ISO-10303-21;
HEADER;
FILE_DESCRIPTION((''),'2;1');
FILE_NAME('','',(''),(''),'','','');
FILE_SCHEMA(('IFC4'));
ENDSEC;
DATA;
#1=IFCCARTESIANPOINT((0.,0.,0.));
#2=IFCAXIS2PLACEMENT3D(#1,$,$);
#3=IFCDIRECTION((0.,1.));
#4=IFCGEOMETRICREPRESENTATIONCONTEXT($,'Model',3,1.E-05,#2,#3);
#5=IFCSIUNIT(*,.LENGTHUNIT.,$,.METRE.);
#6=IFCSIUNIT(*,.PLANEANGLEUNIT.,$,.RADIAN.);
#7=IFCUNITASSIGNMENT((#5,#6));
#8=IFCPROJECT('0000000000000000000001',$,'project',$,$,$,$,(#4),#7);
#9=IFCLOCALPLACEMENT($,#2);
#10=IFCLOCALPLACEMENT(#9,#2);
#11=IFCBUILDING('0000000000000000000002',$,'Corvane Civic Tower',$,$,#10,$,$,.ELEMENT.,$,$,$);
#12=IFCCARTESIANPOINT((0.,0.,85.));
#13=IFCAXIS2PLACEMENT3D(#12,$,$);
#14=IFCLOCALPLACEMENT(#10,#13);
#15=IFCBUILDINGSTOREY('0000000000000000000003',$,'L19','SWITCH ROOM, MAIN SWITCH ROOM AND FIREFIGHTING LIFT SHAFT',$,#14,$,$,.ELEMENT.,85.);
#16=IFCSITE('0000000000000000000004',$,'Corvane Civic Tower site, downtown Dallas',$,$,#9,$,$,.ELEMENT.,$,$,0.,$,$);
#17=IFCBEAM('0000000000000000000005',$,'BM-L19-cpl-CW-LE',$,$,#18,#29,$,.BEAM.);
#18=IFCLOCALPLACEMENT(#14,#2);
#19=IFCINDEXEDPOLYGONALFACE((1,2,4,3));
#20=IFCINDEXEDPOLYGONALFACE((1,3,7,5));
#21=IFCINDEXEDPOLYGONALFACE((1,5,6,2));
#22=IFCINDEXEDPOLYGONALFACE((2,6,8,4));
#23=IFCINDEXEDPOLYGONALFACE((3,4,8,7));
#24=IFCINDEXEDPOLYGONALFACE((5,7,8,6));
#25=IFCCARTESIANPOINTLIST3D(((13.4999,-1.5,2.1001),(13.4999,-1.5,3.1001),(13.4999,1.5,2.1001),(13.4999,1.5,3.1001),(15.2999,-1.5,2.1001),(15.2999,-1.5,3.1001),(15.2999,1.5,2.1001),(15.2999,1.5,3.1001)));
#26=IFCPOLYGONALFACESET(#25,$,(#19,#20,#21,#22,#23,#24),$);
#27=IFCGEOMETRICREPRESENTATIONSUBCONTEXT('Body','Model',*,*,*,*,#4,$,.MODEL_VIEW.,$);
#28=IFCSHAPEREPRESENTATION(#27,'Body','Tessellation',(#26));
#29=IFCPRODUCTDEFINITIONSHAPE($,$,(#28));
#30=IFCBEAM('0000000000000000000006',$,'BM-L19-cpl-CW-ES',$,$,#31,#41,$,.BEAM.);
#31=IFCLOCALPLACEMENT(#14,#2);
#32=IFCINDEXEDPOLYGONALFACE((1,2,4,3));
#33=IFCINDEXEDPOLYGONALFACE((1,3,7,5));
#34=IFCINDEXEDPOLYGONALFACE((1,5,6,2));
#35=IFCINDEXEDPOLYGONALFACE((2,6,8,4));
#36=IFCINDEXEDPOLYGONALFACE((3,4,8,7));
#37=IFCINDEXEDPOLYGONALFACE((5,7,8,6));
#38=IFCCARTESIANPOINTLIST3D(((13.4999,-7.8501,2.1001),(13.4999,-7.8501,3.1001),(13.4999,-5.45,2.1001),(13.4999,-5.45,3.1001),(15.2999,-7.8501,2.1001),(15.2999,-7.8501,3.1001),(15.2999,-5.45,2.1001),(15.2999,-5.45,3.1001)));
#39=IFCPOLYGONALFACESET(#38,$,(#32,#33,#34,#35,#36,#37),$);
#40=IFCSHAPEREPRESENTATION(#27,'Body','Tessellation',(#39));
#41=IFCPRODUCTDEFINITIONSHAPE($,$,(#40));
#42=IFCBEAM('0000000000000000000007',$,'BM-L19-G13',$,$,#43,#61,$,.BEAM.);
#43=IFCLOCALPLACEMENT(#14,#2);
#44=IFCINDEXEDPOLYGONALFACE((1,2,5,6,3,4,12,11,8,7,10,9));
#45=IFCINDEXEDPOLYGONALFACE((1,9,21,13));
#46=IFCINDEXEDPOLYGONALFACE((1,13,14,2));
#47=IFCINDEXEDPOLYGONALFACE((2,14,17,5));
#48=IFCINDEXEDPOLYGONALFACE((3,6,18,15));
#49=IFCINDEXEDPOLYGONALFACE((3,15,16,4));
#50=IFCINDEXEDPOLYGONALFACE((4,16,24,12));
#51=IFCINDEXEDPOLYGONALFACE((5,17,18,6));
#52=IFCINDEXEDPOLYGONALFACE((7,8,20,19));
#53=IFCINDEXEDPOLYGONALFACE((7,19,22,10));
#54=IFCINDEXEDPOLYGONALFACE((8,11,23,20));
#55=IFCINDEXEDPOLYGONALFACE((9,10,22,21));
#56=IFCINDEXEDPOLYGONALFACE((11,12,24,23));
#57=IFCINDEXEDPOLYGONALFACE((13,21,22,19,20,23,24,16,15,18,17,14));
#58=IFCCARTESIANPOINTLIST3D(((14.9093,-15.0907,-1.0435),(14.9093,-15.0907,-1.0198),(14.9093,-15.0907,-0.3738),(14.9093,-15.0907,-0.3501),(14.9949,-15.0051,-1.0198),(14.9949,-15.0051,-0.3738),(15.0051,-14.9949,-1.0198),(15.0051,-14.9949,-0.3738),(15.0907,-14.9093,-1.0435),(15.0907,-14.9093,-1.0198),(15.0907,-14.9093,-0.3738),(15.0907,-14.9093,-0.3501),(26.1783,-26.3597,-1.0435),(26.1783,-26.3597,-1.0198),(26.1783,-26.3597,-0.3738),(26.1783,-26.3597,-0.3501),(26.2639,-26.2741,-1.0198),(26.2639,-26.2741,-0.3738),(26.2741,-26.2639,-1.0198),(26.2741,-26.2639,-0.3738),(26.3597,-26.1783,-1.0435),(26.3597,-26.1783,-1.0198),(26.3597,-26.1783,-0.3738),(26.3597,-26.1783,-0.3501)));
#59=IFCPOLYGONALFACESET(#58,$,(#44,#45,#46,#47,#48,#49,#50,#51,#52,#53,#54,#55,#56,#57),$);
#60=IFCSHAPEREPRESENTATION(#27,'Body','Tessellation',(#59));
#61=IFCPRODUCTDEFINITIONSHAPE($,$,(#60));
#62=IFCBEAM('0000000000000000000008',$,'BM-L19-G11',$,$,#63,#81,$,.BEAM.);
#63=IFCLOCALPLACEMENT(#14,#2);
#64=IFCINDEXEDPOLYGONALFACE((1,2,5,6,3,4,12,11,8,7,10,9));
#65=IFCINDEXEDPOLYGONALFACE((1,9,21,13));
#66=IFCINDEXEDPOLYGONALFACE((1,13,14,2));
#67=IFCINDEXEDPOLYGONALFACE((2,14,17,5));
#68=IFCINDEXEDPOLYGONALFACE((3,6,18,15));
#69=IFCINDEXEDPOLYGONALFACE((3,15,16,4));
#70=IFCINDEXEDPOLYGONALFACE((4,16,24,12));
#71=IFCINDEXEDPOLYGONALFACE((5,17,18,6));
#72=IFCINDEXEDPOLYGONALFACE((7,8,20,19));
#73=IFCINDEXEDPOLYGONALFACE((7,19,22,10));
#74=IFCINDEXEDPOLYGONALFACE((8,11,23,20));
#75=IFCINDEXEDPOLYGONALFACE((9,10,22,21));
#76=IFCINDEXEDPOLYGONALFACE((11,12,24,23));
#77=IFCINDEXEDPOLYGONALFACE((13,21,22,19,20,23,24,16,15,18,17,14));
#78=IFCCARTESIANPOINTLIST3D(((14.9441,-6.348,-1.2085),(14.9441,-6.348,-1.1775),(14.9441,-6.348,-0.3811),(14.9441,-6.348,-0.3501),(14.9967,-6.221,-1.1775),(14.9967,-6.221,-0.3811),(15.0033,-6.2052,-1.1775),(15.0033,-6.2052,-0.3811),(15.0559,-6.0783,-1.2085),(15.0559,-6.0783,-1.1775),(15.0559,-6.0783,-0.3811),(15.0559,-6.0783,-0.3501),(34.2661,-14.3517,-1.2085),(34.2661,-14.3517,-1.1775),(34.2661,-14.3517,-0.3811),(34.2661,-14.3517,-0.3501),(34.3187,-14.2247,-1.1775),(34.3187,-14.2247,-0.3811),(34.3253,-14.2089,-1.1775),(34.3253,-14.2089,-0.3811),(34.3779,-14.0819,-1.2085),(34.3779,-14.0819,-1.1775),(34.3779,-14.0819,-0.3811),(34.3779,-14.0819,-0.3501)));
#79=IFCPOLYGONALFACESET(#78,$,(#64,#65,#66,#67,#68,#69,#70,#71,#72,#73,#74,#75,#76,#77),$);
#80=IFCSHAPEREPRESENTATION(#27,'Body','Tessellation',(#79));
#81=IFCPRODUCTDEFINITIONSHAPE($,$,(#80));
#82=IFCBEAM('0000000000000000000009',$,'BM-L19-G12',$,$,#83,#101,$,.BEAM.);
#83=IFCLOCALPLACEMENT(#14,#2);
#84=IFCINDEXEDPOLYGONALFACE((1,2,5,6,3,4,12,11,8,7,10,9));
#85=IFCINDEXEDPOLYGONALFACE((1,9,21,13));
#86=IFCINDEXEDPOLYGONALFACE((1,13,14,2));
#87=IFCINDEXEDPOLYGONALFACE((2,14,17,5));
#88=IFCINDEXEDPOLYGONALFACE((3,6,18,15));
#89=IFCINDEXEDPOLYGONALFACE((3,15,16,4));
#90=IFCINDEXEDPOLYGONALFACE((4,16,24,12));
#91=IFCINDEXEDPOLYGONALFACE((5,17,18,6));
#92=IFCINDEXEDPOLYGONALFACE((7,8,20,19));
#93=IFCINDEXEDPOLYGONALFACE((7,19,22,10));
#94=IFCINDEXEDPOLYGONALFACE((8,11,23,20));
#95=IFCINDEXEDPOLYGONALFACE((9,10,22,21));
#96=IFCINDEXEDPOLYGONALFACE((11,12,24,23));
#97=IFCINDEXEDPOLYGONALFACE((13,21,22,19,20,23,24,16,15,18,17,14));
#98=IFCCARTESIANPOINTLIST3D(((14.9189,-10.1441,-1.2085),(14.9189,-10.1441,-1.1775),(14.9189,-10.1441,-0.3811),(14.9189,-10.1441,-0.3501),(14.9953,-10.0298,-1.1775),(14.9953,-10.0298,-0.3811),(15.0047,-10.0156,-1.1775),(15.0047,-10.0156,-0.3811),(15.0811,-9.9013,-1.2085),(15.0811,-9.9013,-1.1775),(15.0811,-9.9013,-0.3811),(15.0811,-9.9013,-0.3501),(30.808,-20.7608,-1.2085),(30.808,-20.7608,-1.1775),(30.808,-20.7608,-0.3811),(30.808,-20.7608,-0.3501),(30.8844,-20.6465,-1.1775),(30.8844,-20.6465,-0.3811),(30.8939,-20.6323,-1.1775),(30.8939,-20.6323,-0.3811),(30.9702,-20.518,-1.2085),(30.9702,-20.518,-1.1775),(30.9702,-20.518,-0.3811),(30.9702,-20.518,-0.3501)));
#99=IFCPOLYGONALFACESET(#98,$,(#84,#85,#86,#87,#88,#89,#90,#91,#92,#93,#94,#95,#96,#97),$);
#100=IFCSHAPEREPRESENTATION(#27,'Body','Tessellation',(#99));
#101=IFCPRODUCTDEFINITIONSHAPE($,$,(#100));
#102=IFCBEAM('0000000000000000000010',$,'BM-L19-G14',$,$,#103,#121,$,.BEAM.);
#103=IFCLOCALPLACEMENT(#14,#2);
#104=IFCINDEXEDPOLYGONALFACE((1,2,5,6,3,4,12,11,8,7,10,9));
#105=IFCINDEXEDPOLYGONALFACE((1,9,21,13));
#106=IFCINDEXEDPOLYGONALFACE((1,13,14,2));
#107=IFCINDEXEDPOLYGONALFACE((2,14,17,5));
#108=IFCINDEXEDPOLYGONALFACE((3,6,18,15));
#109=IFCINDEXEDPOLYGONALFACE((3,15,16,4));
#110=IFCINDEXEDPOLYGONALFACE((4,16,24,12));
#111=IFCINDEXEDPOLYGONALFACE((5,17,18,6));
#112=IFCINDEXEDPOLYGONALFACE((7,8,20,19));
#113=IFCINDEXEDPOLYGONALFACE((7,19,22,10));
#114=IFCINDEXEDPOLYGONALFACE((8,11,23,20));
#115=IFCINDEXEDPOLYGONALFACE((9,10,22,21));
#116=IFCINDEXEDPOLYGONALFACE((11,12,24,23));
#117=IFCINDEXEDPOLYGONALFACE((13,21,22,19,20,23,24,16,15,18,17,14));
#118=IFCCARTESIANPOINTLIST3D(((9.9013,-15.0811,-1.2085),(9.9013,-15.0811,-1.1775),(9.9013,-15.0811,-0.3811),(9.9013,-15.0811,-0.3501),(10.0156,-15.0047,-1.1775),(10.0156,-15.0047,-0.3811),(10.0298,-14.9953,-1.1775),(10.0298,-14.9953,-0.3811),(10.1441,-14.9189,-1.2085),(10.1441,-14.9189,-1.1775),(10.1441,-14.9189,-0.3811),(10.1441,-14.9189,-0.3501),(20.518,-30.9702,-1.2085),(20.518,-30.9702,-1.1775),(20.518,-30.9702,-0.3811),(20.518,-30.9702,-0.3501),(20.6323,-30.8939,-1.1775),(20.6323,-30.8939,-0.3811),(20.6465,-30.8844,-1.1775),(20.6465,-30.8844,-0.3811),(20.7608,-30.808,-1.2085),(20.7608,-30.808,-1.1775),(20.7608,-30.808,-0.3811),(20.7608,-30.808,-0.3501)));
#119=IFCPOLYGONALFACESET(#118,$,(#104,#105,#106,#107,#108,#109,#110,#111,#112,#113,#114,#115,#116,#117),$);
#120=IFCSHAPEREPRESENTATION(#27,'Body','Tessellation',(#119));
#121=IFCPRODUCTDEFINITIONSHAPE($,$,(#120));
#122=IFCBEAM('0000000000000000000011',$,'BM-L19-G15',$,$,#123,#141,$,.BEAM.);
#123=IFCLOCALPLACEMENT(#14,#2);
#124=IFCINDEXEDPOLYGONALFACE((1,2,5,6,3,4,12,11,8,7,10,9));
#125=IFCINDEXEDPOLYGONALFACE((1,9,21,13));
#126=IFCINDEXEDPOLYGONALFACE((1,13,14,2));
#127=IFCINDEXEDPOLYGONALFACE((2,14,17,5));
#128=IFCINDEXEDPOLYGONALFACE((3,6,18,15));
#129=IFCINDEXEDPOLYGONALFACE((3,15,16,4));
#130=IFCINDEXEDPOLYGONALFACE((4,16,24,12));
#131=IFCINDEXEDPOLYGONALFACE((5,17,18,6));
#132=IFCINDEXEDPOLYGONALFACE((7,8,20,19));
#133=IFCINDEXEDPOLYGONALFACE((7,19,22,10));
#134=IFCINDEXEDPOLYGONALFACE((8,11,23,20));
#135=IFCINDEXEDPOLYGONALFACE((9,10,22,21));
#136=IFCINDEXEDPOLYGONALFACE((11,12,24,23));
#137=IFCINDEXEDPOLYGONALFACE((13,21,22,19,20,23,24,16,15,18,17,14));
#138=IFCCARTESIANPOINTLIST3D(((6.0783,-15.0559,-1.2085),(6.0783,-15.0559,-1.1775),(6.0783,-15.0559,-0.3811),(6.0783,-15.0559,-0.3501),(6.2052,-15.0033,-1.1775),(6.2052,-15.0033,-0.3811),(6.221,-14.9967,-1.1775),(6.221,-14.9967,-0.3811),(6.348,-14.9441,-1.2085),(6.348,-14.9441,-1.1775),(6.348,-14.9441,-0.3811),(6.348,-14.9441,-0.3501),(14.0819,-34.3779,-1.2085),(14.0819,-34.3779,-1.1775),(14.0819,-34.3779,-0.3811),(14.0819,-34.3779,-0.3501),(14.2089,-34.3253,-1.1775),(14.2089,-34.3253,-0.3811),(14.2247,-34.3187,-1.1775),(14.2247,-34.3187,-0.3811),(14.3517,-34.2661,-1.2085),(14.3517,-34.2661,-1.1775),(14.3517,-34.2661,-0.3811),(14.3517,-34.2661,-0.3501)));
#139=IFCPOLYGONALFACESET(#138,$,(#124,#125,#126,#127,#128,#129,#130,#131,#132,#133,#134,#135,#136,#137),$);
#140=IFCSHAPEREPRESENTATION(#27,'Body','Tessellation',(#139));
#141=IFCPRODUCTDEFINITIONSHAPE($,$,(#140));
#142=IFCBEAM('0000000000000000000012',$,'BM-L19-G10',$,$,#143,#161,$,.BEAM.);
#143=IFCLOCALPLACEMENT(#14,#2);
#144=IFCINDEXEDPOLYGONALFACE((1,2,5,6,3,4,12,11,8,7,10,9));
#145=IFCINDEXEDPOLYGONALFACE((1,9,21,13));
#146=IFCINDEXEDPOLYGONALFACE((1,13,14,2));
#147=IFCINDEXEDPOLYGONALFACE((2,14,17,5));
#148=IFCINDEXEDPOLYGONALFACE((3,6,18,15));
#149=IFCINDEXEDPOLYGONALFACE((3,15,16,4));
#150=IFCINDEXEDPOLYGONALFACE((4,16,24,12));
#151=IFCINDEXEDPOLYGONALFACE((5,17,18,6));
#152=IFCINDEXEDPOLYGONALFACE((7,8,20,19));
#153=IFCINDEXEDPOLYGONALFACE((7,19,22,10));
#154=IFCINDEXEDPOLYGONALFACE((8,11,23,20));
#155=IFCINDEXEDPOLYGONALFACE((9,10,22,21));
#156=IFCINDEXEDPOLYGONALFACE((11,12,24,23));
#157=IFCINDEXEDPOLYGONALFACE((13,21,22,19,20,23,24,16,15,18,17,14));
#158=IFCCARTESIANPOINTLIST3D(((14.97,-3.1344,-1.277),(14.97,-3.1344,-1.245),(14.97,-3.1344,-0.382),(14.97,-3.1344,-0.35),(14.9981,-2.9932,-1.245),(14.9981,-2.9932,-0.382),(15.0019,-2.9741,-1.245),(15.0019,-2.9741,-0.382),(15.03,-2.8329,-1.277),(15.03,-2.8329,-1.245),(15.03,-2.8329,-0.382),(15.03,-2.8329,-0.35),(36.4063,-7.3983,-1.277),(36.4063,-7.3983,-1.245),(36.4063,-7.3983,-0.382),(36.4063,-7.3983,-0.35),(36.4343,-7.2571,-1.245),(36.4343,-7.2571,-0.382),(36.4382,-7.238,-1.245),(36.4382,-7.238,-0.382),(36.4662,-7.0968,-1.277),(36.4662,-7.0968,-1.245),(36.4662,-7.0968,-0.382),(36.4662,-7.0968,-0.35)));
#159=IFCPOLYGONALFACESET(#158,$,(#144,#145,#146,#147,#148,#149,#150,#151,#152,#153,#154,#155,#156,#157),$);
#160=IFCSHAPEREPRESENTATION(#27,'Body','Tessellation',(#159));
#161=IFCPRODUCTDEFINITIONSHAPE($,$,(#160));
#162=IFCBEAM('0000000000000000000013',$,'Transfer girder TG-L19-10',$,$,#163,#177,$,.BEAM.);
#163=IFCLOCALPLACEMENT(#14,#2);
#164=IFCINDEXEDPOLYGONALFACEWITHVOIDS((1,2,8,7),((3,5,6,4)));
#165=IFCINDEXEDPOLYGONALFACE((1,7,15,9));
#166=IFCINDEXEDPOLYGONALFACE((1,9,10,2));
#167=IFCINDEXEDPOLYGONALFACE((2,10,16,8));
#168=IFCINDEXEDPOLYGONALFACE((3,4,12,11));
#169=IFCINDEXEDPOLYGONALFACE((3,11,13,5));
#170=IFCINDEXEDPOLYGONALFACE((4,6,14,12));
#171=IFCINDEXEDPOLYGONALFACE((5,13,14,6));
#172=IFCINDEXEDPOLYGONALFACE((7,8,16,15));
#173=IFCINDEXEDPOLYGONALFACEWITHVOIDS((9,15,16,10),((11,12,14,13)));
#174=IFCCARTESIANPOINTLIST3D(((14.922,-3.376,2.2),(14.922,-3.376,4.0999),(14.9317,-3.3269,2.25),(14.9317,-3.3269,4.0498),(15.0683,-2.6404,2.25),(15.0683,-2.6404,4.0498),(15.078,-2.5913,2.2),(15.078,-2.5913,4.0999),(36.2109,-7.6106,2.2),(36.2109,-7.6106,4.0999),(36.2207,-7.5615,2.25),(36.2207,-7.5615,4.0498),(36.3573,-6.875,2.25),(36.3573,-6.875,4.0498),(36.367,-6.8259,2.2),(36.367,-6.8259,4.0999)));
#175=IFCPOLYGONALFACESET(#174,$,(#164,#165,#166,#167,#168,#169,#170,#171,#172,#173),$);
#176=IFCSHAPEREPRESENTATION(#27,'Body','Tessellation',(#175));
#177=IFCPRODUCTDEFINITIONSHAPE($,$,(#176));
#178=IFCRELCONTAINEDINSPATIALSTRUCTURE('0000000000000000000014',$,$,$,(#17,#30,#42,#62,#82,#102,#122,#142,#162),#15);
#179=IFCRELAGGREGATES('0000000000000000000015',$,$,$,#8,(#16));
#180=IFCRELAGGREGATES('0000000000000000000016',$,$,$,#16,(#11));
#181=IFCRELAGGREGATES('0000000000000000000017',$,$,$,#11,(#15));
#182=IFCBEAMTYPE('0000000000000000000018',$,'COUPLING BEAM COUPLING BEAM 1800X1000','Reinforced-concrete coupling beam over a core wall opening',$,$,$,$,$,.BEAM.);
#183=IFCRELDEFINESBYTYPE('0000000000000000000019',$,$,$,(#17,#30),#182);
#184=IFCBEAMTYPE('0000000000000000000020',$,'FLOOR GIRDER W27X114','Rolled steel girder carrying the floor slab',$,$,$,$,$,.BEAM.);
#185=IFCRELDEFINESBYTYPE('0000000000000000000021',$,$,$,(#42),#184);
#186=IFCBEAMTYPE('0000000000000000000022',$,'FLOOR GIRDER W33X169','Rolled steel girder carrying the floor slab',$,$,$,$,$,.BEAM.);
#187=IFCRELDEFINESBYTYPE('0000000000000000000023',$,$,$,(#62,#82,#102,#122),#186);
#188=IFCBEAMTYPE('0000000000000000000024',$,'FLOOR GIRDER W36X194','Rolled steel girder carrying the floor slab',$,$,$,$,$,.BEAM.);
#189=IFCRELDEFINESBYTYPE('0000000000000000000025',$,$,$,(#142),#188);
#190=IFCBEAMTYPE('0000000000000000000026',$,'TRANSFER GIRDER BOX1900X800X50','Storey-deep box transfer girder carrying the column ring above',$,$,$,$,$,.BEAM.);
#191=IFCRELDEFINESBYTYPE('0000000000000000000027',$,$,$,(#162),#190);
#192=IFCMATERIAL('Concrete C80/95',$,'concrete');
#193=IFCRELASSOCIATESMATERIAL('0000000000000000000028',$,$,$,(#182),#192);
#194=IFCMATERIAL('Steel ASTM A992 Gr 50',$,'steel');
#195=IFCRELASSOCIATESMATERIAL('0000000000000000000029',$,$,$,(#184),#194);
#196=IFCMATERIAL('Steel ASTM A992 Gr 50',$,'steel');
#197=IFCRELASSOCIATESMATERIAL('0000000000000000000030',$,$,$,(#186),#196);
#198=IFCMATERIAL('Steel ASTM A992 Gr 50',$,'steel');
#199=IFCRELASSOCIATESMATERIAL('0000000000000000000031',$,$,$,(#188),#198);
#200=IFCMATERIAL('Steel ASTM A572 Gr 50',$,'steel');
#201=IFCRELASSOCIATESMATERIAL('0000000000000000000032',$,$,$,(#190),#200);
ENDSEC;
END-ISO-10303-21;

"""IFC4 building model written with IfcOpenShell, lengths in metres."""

from ifc_helpers import new_model, si_unit, direction, frame, origin, origin_2d, place, context, subcontext, project, spatial, rectangle, hollow_rectangle, i_section, extrude, material, material_profile, profile_set, type_object, element, save


model = new_model("IFC4")

# Units and contexts
model_context = context("Model", 3, precision=1e-05, world=origin(), true_north=direction((0.0, 1.0)))
body_context = subcontext(model_context, "Body", "Model", "MODEL_VIEW")
ifc_project = project(units=[si_unit("LENGTHUNIT", "METRE"), si_unit("PLANEANGLEUNIT", "RADIAN")], contexts=[model_context])

# Site, building, storey
site_placement = place(None, origin())
site = spatial("IfcSite", under=ifc_project, at=site_placement, Name="Corvane Civic Tower site, downtown Dallas", CompositionType="ELEMENT", RefElevation=0.0)
building_placement = place(site_placement, origin())
building = spatial("IfcBuilding", under=site, at=building_placement, Name="Corvane Civic Tower", CompositionType="ELEMENT")
storey_placement = place(building_placement, frame((0.0, 0.0, 85.0)))
storey = spatial("IfcBuildingStorey", under=building, at=storey_placement, Name="L19", Description="SWITCH ROOM, MAIN SWITCH ROOM AND FIREFIGHTING LIFT SHAFT", CompositionType="ELEMENT", Elevation=85.0)

# Beams
ifc_material_1 = material(Name="Concrete C80/95", Category="concrete")
ifc_material_profile_1 = material_profile(ifc_material_1, rectangle(XDim=1.8, YDim=1.0, at=origin_2d()), Name="COUPLING BEAM 1800X1000")
ifc_profile_set_1 = profile_set([ifc_material_profile_1], Name="Concrete C80/95")
beam_type_1 = type_object("IfcBeamType", Name="COUPLING BEAM COUPLING BEAM 1800X1000", Description="Reinforced-concrete coupling beam over a core wall opening", PredefinedType="BEAM", material=ifc_profile_set_1)
beam_1_placement = place(storey_placement, frame((14.3999, -1.5, 2.6001), z_axis=(0.0, 1.0, 0.0), x_axis=(-1.0, 0.0, 0.0)))
element("IfcBeam", 1, at=beam_1_placement, inside=storey, type_object=beam_type_1, Name="BM-L19-cpl-CW-LE", PredefinedType="BEAM", context=body_context, shape_type="SweptSolid", body=[
    extrude(rectangle(XDim=1.8, YDim=1.0, at=origin_2d()), origin(), (0.0, 0.0, 1.0), 3.0),
])
beam_2_placement = place(storey_placement, frame((14.3999, -7.8501, 2.6001), z_axis=(0.0, 1.0, 0.0), x_axis=(-1.0, 0.0, 0.0)))
element("IfcBeam", 2, at=beam_2_placement, inside=storey, type_object=beam_type_1, Name="BM-L19-cpl-CW-ES", PredefinedType="BEAM", context=body_context, shape_type="SweptSolid", body=[
    extrude(rectangle(XDim=1.8, YDim=1.0, at=origin_2d()), origin(), (0.0, 0.0, 1.0), 2.4001),
])
ifc_material_2 = material(Name="Steel ASTM A992 Gr 50", Category="steel")
ifc_material_profile_2 = material_profile(ifc_material_2, i_section(OverallWidth=0.2566, OverallDepth=0.6934, WebThickness=0.0144, FlangeThickness=0.0237, at=origin_2d()), Name="W27X114")
ifc_profile_set_2 = profile_set([ifc_material_profile_2], Name="Steel ASTM A992 Gr 50")
beam_type_2 = type_object("IfcBeamType", Name="FLOOR GIRDER W27X114", Description="Rolled steel girder carrying the floor slab", PredefinedType="BEAM", material=ifc_profile_set_2)
beam_3_placement = place(storey_placement, frame((15.0, -15.0, -0.6968), z_axis=(0.707107, -0.707107, 0.0), x_axis=(0.707107, 0.707107, 0.0)))
element("IfcBeam", 3, at=beam_3_placement, inside=storey, type_object=beam_type_2, Name="BM-L19-G13", PredefinedType="BEAM", context=body_context, shape_type="SweptSolid", body=[
    extrude(i_section(OverallWidth=0.2566, OverallDepth=0.6934, WebThickness=0.0144, FlangeThickness=0.0237, at=origin_2d()), origin(), (0.0, 0.0, 1.0), 15.9368),
])
ifc_material_3 = material(Name="Steel ASTM A992 Gr 50", Category="steel")
ifc_material_profile_3 = material_profile(ifc_material_3, i_section(OverallWidth=0.292, OverallDepth=0.8584, WebThickness=0.0171, FlangeThickness=0.031, at=origin_2d()), Name="W33X169")
ifc_profile_set_3 = profile_set([ifc_material_profile_3], Name="Steel ASTM A992 Gr 50")
beam_type_3 = type_object("IfcBeamType", Name="FLOOR GIRDER W33X169", Description="Rolled steel girder carrying the floor slab", PredefinedType="BEAM", material=ifc_profile_set_3)
beam_4_placement = place(storey_placement, frame((15.0, -6.2131, -0.7793), z_axis=(0.923876, -0.382692, 0.0), x_axis=(0.382692, 0.923876, 0.0)))
element("IfcBeam", 4, at=beam_4_placement, inside=storey, type_object=beam_type_3, Name="BM-L19-G11", PredefinedType="BEAM", context=body_context, shape_type="SweptSolid", body=[
    extrude(i_section(OverallWidth=0.292, OverallDepth=0.8584, WebThickness=0.0171, FlangeThickness=0.031, at=origin_2d()), origin(), (0.0, 0.0, 1.0), 20.9141),
])
for number, where, z_axis, x_axis, name in (
    (5, (15.0, -10.0227, -0.7793), (0.831472, -0.555567, 0.0), (0.555567, 0.831472, 0.0), "BM-L19-G12"),
    (6, (10.0227, -15.0, -0.7793), (0.555567, -0.831472, 0.0), (0.831472, 0.555567, 0.0), "BM-L19-G14"),
):
    element("IfcBeam", number, at=place(storey_placement, frame(where, z_axis=z_axis, x_axis=x_axis)), inside=storey, type_object=beam_type_3, Name=name, PredefinedType="BEAM", context=body_context, shape_type="SweptSolid", body=[
        extrude(i_section(OverallWidth=0.292, OverallDepth=0.8584, WebThickness=0.0171, FlangeThickness=0.031, at=origin_2d()), origin(), (0.0, 0.0, 1.0), 19.1096),
    ])
beam_5_placement = place(storey_placement, frame((6.2131, -15.0, -0.7793), z_axis=(0.382692, -0.923876, 0.0), x_axis=(0.923876, 0.382692, 0.0)))
element("IfcBeam", 7, at=beam_5_placement, inside=storey, type_object=beam_type_3, Name="BM-L19-G15", PredefinedType="BEAM", context=body_context, shape_type="SweptSolid", body=[
    extrude(i_section(OverallWidth=0.292, OverallDepth=0.8584, WebThickness=0.0171, FlangeThickness=0.031, at=origin_2d()), origin(), (0.0, 0.0, 1.0), 20.9141),
])
ifc_material_4 = material(Name="Steel ASTM A992 Gr 50", Category="steel")
ifc_material_profile_4 = material_profile(ifc_material_4, i_section(OverallWidth=0.3074, OverallDepth=0.927, WebThickness=0.0195, FlangeThickness=0.032, at=origin_2d()), Name="W36X194")
ifc_profile_set_4 = profile_set([ifc_material_profile_4], Name="Steel ASTM A992 Gr 50")
beam_type_4 = type_object("IfcBeamType", Name="FLOOR GIRDER W36X194", Description="Rolled steel girder carrying the floor slab", PredefinedType="BEAM", material=ifc_profile_set_4)
beam_6_placement = place(storey_placement, frame((15.0, -2.9836, -0.8135), z_axis=(0.980785, -0.195089, 0.0), x_axis=(0.195089, 0.980785, 0.0)))
element("IfcBeam", 8, at=beam_6_placement, inside=storey, type_object=beam_type_4, Name="BM-L19-G10", PredefinedType="BEAM", context=body_context, shape_type="SweptSolid", body=[
    extrude(i_section(OverallWidth=0.3074, OverallDepth=0.927, WebThickness=0.0195, FlangeThickness=0.032, at=origin_2d()), origin(), (0.0, 0.0, 1.0), 21.8562),
])
ifc_material_5 = material(Name="Steel ASTM A572 Gr 50", Category="steel")
ifc_material_profile_5 = material_profile(ifc_material_5, hollow_rectangle(XDim=0.8, YDim=1.8999, WallThickness=0.05, at=origin_2d()), Name="BOX1900X800X50")
ifc_profile_set_5 = profile_set([ifc_material_profile_5], Name="Steel ASTM A572 Gr 50")
beam_type_5 = type_object("IfcBeamType", Name="TRANSFER GIRDER BOX1900X800X50", Description="Storey-deep box transfer girder carrying the column ring above", PredefinedType="BEAM", material=ifc_profile_set_5)
beam_7_placement = place(storey_placement, frame((15.0, -2.9836, 3.1499), z_axis=(0.980786, -0.195089, 0.0), x_axis=(0.195089, 0.980786, 0.0)))
element("IfcBeam", 9, at=beam_7_placement, inside=storey, type_object=beam_type_5, Name="Transfer girder TG-L19-10", PredefinedType="BEAM", context=body_context, shape_type="SweptSolid", body=[
    extrude(hollow_rectangle(XDim=0.8, YDim=1.8999, WallThickness=0.05, at=origin_2d()), origin(), (0.0, 0.0, 1.0), 21.7061),
])

save(model, "model.ifc")
